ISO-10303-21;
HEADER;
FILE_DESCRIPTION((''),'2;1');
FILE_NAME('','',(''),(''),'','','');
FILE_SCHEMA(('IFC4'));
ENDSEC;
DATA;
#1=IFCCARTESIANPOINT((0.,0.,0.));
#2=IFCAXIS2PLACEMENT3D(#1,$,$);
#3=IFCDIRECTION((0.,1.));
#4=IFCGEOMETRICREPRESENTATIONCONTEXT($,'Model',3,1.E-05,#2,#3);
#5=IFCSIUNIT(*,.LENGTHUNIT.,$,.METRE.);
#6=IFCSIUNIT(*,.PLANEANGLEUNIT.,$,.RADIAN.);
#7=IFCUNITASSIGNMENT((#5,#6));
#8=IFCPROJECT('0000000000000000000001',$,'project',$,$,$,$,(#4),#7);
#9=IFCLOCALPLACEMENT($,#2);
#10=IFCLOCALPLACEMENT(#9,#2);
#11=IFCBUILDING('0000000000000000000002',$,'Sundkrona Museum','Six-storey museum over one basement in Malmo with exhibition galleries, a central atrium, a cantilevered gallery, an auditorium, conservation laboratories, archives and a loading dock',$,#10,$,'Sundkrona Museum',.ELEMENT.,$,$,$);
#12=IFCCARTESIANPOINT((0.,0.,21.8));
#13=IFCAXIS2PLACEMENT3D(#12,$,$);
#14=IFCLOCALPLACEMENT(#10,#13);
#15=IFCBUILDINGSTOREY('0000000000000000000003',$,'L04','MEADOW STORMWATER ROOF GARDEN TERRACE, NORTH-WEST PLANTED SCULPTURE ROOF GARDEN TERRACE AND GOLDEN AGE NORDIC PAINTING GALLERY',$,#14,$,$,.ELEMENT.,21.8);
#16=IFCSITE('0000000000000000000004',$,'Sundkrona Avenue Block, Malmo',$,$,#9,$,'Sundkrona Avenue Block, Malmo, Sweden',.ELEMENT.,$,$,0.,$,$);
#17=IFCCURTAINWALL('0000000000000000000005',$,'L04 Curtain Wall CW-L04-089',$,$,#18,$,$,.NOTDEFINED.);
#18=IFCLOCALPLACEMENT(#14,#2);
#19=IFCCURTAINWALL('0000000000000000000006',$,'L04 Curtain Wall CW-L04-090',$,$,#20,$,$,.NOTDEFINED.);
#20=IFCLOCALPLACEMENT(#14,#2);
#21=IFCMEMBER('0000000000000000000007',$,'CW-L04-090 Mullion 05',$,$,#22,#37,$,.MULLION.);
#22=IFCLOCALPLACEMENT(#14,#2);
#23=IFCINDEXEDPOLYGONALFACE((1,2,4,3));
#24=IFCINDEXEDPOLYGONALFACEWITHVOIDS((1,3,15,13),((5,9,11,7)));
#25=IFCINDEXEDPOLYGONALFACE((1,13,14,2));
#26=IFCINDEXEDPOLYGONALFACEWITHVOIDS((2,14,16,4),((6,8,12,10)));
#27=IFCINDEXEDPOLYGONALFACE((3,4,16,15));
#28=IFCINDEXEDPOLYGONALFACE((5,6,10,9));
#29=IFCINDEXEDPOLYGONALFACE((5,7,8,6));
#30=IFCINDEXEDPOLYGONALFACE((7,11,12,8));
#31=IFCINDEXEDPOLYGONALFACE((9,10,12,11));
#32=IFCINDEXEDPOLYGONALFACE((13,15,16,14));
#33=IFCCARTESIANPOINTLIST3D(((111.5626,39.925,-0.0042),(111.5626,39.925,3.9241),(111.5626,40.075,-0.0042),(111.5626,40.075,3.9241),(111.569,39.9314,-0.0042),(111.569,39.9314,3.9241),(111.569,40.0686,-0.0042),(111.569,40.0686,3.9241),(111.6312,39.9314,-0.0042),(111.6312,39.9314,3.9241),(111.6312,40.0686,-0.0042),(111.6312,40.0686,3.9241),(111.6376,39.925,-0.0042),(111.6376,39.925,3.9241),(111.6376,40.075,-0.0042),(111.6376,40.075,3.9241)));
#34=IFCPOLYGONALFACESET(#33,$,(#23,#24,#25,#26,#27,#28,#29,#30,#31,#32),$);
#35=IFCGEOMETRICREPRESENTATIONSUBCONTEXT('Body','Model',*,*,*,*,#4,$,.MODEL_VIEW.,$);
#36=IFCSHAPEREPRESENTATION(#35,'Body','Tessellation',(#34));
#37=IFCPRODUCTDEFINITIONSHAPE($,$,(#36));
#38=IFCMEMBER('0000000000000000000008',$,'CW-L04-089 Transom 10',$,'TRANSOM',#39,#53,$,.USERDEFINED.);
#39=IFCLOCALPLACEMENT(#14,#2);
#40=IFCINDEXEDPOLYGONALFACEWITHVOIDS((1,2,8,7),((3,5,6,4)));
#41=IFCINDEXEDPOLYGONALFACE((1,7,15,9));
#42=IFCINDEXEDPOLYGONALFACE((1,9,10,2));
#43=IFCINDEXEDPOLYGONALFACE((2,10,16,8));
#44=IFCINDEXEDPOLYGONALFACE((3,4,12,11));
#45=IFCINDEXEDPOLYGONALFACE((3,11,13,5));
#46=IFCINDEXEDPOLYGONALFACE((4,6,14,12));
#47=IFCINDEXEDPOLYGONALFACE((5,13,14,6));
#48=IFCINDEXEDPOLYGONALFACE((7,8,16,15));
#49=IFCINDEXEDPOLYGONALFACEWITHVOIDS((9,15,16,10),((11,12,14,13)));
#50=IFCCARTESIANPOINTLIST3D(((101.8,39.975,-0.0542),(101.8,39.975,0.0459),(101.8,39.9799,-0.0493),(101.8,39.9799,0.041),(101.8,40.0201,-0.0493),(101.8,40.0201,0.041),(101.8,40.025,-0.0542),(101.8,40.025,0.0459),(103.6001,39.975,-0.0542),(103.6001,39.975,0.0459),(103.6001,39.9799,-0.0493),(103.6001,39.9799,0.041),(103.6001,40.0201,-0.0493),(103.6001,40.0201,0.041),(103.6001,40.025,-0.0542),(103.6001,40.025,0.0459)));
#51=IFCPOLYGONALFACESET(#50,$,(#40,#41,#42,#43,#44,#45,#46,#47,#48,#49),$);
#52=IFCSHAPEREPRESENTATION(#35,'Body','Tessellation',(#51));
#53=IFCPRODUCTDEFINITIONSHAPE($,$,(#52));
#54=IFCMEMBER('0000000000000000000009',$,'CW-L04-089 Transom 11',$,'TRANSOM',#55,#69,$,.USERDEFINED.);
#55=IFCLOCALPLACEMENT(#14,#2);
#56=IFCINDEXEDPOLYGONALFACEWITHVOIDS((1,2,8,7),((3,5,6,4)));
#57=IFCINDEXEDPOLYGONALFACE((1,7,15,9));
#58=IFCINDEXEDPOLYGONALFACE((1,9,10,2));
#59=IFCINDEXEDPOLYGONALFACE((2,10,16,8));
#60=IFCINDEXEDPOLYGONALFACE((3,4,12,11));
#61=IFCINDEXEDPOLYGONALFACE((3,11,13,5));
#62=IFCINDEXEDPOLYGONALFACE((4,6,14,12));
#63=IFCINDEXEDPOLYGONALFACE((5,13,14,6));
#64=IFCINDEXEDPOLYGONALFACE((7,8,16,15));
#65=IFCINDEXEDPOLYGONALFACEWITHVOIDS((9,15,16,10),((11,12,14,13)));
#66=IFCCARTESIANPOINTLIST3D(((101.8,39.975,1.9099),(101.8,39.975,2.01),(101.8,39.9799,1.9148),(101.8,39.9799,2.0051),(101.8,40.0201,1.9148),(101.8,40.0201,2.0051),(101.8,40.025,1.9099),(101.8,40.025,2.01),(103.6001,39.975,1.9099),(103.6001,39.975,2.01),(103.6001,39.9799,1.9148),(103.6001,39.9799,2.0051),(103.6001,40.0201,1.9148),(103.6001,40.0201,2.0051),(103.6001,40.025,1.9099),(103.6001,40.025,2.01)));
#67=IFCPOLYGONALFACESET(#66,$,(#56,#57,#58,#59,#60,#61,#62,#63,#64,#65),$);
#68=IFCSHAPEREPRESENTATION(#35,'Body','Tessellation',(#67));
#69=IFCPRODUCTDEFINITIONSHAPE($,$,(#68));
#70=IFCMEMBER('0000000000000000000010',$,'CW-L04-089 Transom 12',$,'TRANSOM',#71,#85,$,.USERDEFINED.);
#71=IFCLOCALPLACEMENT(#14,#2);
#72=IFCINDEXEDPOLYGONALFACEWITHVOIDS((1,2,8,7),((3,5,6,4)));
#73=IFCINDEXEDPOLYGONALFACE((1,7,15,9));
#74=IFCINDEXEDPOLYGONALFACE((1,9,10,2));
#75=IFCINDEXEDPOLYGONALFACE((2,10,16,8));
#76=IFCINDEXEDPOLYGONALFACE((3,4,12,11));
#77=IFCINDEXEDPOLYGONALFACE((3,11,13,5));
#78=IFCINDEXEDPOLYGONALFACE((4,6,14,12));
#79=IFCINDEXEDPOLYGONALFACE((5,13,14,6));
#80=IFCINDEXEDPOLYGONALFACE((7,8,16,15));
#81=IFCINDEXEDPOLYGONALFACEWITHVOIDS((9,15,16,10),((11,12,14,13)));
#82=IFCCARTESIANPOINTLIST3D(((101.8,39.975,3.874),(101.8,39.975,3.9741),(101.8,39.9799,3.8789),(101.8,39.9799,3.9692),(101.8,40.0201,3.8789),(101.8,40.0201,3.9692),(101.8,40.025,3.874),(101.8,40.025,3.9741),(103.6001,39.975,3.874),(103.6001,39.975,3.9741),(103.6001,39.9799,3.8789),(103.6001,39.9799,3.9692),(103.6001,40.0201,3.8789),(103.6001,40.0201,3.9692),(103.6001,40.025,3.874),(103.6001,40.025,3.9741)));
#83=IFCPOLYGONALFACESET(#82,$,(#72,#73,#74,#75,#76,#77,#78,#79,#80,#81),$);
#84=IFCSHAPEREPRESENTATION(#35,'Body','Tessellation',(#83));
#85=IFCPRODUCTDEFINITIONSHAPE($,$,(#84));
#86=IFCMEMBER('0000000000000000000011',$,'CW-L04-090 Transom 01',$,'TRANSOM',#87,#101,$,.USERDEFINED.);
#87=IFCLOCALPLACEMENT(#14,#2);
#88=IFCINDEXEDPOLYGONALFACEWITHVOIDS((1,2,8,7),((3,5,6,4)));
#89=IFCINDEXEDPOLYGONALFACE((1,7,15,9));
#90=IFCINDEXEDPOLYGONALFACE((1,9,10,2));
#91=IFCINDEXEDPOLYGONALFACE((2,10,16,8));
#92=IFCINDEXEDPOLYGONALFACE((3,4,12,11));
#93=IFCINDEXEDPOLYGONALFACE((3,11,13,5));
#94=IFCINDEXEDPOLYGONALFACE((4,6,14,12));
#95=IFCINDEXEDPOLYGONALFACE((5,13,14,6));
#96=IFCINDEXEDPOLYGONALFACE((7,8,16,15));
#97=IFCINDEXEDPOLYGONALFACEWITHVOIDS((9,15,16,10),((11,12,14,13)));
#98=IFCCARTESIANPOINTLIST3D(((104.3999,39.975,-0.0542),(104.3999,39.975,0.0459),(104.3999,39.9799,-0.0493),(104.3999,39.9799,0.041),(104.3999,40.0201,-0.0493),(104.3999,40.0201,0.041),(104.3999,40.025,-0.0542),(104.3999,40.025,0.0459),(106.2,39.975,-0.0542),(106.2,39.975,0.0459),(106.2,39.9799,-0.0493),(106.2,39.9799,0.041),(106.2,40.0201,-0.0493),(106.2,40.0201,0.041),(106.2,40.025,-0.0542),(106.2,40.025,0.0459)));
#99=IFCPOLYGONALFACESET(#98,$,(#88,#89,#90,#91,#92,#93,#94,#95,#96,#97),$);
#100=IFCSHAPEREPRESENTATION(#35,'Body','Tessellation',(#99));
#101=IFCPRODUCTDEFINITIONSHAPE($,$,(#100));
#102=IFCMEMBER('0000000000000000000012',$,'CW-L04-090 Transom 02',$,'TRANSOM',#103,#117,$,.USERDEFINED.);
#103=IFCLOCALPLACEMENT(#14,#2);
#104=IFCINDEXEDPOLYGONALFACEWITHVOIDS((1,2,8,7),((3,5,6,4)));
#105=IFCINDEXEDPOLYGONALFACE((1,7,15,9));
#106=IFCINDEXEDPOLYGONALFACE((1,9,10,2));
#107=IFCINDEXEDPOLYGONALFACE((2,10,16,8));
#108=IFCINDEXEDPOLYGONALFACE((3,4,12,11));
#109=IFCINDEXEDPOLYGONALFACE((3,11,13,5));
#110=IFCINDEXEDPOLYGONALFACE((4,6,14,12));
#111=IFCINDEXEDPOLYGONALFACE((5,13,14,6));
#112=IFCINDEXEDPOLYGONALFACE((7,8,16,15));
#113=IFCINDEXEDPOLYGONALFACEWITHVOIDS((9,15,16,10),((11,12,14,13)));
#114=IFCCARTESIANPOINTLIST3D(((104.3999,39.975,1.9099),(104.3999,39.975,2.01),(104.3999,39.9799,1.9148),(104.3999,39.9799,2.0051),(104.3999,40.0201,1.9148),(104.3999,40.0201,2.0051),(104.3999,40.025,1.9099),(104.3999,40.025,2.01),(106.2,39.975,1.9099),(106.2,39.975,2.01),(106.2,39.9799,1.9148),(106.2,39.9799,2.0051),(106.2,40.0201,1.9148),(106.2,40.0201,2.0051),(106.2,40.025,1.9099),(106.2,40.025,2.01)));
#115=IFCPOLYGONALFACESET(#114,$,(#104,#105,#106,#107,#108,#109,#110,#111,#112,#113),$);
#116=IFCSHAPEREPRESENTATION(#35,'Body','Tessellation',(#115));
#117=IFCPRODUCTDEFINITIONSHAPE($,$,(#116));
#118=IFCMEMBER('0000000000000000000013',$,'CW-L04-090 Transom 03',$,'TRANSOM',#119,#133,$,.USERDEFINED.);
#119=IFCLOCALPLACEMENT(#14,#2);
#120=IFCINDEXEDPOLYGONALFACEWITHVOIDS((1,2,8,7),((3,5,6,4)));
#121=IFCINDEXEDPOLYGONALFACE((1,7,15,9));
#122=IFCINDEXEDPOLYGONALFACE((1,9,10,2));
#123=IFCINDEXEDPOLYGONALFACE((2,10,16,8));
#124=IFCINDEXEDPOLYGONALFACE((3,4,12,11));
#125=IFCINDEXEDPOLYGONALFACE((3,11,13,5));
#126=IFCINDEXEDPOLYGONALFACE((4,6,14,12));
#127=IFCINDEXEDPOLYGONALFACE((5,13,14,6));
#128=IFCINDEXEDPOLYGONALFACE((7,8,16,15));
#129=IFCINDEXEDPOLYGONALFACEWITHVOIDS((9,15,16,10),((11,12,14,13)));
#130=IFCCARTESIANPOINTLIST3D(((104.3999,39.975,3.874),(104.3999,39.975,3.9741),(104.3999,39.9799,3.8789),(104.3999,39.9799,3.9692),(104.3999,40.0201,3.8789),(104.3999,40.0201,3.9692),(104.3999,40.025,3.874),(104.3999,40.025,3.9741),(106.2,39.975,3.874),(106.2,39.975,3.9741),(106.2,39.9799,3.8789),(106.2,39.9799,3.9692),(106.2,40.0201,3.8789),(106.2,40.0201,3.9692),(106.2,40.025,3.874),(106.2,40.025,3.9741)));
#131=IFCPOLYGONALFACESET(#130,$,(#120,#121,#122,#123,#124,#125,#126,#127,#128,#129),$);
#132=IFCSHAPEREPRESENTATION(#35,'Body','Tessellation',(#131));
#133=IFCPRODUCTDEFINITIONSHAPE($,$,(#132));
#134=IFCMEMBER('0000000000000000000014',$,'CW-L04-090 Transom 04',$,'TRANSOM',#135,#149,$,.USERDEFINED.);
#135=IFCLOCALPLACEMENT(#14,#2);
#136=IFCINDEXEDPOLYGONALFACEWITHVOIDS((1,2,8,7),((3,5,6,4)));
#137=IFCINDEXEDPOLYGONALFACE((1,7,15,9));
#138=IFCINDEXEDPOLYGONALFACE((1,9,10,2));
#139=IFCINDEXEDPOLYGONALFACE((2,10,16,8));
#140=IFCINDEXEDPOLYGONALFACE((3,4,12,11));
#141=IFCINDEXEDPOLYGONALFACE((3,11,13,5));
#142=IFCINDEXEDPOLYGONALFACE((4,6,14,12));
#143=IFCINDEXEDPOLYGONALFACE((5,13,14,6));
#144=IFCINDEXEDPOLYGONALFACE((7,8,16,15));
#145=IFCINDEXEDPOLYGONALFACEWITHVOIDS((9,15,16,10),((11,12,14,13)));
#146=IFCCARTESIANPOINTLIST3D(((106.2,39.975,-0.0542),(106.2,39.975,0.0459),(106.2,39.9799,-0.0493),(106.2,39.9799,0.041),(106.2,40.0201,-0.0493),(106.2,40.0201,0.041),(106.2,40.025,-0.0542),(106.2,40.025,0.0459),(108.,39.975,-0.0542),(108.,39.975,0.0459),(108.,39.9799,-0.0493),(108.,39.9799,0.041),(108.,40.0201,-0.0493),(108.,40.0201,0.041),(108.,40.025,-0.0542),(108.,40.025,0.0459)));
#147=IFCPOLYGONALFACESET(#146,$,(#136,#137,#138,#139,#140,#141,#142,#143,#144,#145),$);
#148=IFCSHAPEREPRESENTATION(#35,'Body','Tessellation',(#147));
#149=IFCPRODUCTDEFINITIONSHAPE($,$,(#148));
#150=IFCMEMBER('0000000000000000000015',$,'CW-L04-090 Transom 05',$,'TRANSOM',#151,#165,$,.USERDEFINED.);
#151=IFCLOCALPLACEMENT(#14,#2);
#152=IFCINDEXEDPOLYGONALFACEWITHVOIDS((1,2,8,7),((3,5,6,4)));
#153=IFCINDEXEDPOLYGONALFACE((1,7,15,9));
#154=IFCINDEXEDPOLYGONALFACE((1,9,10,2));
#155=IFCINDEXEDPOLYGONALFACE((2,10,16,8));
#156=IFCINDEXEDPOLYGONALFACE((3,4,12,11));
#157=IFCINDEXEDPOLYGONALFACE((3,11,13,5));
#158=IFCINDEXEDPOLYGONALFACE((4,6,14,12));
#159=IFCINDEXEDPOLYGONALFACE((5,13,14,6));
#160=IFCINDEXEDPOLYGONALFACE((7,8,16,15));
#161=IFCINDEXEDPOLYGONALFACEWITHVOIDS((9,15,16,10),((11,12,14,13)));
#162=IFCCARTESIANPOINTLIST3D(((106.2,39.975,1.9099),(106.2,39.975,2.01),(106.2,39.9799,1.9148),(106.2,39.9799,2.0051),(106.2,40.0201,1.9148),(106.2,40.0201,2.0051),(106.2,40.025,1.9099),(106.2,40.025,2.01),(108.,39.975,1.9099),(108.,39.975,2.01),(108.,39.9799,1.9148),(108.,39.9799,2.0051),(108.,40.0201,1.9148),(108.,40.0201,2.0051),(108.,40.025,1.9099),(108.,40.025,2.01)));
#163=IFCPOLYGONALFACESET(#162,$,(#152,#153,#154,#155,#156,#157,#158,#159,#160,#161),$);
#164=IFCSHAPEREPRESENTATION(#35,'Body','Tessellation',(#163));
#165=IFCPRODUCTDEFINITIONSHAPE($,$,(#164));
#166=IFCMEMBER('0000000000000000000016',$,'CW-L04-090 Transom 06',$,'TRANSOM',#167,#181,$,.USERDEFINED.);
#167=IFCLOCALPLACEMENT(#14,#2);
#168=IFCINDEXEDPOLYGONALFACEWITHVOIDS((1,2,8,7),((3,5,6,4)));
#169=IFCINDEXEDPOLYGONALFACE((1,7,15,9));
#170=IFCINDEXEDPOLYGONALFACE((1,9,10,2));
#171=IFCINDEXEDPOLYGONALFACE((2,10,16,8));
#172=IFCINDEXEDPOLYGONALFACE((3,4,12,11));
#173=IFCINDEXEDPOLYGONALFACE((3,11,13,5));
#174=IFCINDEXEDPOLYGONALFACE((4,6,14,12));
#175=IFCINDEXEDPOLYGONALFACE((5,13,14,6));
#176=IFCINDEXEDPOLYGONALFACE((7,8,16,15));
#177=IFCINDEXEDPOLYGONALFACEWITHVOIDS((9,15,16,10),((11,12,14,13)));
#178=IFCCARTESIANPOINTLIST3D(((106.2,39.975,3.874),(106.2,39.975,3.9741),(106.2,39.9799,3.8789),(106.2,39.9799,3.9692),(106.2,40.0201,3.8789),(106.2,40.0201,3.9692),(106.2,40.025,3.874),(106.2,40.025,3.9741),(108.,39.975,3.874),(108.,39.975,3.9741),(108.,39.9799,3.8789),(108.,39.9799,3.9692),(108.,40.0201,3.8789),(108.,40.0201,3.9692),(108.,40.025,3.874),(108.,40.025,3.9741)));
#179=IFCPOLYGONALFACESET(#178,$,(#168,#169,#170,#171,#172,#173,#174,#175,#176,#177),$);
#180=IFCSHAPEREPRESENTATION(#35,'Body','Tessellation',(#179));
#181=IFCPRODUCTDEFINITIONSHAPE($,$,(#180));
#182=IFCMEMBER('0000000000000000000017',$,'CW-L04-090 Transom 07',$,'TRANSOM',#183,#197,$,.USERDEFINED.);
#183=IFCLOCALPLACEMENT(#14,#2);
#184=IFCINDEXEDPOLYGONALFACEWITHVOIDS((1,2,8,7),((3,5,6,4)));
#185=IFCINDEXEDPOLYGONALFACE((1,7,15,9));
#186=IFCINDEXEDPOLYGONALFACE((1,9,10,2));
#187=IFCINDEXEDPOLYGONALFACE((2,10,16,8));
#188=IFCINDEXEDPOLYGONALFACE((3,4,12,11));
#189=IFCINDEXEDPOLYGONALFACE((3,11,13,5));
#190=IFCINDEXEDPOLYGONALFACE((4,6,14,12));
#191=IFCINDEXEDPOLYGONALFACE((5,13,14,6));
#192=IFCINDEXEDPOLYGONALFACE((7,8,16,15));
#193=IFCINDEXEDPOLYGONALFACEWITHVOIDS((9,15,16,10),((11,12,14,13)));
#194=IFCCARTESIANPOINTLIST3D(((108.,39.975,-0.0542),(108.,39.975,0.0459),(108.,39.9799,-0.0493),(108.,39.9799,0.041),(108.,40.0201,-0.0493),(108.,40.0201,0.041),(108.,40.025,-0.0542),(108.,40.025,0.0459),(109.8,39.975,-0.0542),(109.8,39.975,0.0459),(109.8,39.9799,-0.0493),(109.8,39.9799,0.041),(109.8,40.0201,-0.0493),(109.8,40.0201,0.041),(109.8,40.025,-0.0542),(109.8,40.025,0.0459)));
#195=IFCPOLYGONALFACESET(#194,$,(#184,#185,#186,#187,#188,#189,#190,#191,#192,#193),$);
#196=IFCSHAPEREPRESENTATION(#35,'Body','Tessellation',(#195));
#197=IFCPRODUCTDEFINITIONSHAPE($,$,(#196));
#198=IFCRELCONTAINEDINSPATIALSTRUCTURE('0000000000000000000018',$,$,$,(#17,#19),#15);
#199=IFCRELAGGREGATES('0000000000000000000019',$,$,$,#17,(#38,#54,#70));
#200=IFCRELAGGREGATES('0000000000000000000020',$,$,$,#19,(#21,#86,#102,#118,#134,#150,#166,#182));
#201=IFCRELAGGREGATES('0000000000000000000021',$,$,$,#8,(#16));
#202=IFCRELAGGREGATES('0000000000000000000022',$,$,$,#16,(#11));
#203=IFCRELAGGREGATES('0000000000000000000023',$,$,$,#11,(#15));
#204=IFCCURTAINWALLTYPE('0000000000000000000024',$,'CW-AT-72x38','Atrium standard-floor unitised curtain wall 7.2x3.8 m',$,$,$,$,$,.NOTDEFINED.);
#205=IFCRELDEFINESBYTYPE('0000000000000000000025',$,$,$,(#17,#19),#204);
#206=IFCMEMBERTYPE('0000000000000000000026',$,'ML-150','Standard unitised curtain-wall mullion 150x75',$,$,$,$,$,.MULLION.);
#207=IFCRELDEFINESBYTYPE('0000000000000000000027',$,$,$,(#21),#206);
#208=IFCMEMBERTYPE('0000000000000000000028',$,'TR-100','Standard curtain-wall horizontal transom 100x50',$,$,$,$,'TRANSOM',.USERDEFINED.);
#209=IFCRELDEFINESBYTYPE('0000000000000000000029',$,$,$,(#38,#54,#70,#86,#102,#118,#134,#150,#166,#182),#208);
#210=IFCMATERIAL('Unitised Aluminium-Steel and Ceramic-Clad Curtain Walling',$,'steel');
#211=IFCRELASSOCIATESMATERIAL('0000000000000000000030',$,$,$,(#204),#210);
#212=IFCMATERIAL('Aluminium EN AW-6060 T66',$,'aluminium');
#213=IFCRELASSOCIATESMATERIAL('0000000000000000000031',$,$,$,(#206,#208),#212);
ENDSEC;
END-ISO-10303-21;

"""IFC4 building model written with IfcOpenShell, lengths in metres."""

from ifc_helpers import new_model, si_unit, direction, frame, origin, origin_2d, place, context, subcontext, project, spatial, hollow_rectangle, extrude, material, material_profile, profile_set, type_object, element, aggregate, save


model = new_model("IFC4")

# Units and contexts
model_context = context("Model", 3, precision=1e-05, world=origin(), true_north=direction((0.0, 1.0)))
body_context = subcontext(model_context, "Body", "Model", "MODEL_VIEW")
ifc_project = project(units=[si_unit("LENGTHUNIT", "METRE"), si_unit("PLANEANGLEUNIT", "RADIAN")], contexts=[model_context])

# Site, building, storey
site_placement = place(None, origin())
site = spatial("IfcSite", under=ifc_project, at=site_placement, Name="Sundkrona Avenue Block, Malmo", LongName="Sundkrona Avenue Block, Malmo, Sweden", CompositionType="ELEMENT", RefElevation=0.0)
building_placement = place(site_placement, origin())
building = spatial("IfcBuilding", under=site, at=building_placement, Name="Sundkrona Museum", Description="Six-storey museum over one basement in Malmo with exhibition galleries, a central atrium, a cantilevered gallery, an auditorium, conservation laboratories, archives and a loading dock", LongName="Sundkrona Museum", CompositionType="ELEMENT")
storey_placement = place(building_placement, frame((0.0, 0.0, 21.8)))
storey = spatial("IfcBuildingStorey", under=building, at=storey_placement, Name="L04", Description="MEADOW STORMWATER ROOF GARDEN TERRACE, NORTH-WEST PLANTED SCULPTURE ROOF GARDEN TERRACE AND GOLDEN AGE NORDIC PAINTING GALLERY", CompositionType="ELEMENT", Elevation=21.8)

# Curtain walls, member
ifc_material_1 = material(Name="Unitised Aluminium-Steel and Ceramic-Clad Curtain Walling", Category="steel")
curtain_wall_type = type_object("IfcCurtainWallType", Name="CW-AT-72x38", Description="Atrium standard-floor unitised curtain wall 7.2x3.8 m", PredefinedType="NOTDEFINED", material=ifc_material_1)
curtain_wall_1_placement = place(storey_placement, origin())
curtain_wall_1 = element("IfcCurtainWall", 1, at=curtain_wall_1_placement, inside=storey, type_object=curtain_wall_type, Name="L04 Curtain Wall CW-L04-089", PredefinedType="NOTDEFINED")
ifc_material_2 = material(Name="Aluminium EN AW-6060 T66", Category="aluminium")
ifc_material_profile_1 = material_profile(ifc_material_2, hollow_rectangle(XDim=0.075, YDim=0.1499, WallThickness=0.0063, at=origin_2d()), Name="RHS 150x75x6.3")
ifc_profile_set_1 = profile_set([ifc_material_profile_1], Name="Aluminium EN AW-6060 T66")
member_type_1 = type_object("IfcMemberType", Name="ML-150", Description="Standard unitised curtain-wall mullion 150x75", PredefinedType="MULLION", material=ifc_profile_set_1)
curtain_wall_2_placement = place(storey_placement, origin())
curtain_wall_2 = element("IfcCurtainWall", 2, at=curtain_wall_2_placement, inside=storey, type_object=curtain_wall_type, Name="L04 Curtain Wall CW-L04-090", PredefinedType="NOTDEFINED")
member_1_placement = place(storey_placement, frame((111.6001, 40.0, -0.0042), z_axis=(0.0, 0.0, 1.0), x_axis=(1.0, 0.0, 0.0)))
member_1 = element("IfcMember", 3, at=member_1_placement, type_object=member_type_1, Name="CW-L04-090 Mullion 05", PredefinedType="MULLION", context=body_context, shape_type="SweptSolid", body=[
    extrude(hollow_rectangle(XDim=0.075, YDim=0.1499, WallThickness=0.0063, at=origin_2d()), origin(), (0.0, 0.0, 1.0), 3.9282),
])

# Members
ifc_material_profile_2 = material_profile(ifc_material_2, hollow_rectangle(XDim=0.05, YDim=0.1001, WallThickness=0.0049, at=origin_2d()), Name="RHS 100x50x5.0")
ifc_profile_set_2 = profile_set([ifc_material_profile_2], Name="Aluminium EN AW-6060 T66")
member_type_2 = type_object("IfcMemberType", Name="TR-100", Description="Standard curtain-wall horizontal transom 100x50", ElementType="TRANSOM", PredefinedType="USERDEFINED", material=ifc_profile_set_2)
member_2_placement = place(storey_placement, frame((101.8, 40.0, -0.0042), z_axis=(1.0, 0.0, 0.0), x_axis=(0.0, 1.0, 0.0)))
member_2 = element("IfcMember", 4, at=member_2_placement, type_object=member_type_2, Name="CW-L04-089 Transom 10", ObjectType="TRANSOM", PredefinedType="USERDEFINED", context=body_context, shape_type="SweptSolid", body=[
    extrude(hollow_rectangle(XDim=0.05, YDim=0.1001, WallThickness=0.0049, at=origin_2d()), origin(), (0.0, 0.0, 1.0), 1.8),
])
member_3_placement = place(storey_placement, frame((101.8, 40.0, 1.96), z_axis=(1.0, 0.0, 0.0), x_axis=(0.0, 1.0, 0.0)))
member_3 = element("IfcMember", 5, at=member_3_placement, type_object=member_type_2, Name="CW-L04-089 Transom 11", ObjectType="TRANSOM", PredefinedType="USERDEFINED", context=body_context, shape_type="SweptSolid", body=[
    extrude(hollow_rectangle(XDim=0.05, YDim=0.1001, WallThickness=0.0049, at=origin_2d()), origin(), (0.0, 0.0, 1.0), 1.8),
])
member_4_placement = place(storey_placement, frame((101.8, 40.0, 3.9241), z_axis=(1.0, 0.0, 0.0), x_axis=(0.0, 1.0, 0.0)))
member_4 = element("IfcMember", 6, at=member_4_placement, type_object=member_type_2, Name="CW-L04-089 Transom 12", ObjectType="TRANSOM", PredefinedType="USERDEFINED", context=body_context, shape_type="SweptSolid", body=[
    extrude(hollow_rectangle(XDim=0.05, YDim=0.1001, WallThickness=0.0049, at=origin_2d()), origin(), (0.0, 0.0, 1.0), 1.8),
])
member_5_placement = place(storey_placement, frame((104.3999, 40.0, -0.0042), z_axis=(1.0, 0.0, 0.0), x_axis=(0.0, 1.0, 0.0)))
member_5 = element("IfcMember", 7, at=member_5_placement, type_object=member_type_2, Name="CW-L04-090 Transom 01", ObjectType="TRANSOM", PredefinedType="USERDEFINED", context=body_context, shape_type="SweptSolid", body=[
    extrude(hollow_rectangle(XDim=0.05, YDim=0.1001, WallThickness=0.0049, at=origin_2d()), origin(), (0.0, 0.0, 1.0), 1.8),
])
member_6_placement = place(storey_placement, frame((104.3999, 40.0, 1.96), z_axis=(1.0, 0.0, 0.0), x_axis=(0.0, 1.0, 0.0)))
member_6 = element("IfcMember", 8, at=member_6_placement, type_object=member_type_2, Name="CW-L04-090 Transom 02", ObjectType="TRANSOM", PredefinedType="USERDEFINED", context=body_context, shape_type="SweptSolid", body=[
    extrude(hollow_rectangle(XDim=0.05, YDim=0.1001, WallThickness=0.0049, at=origin_2d()), origin(), (0.0, 0.0, 1.0), 1.8),
])
member_7_placement = place(storey_placement, frame((104.3999, 40.0, 3.9241), z_axis=(1.0, 0.0, 0.0), x_axis=(0.0, 1.0, 0.0)))
member_7 = element("IfcMember", 9, at=member_7_placement, type_object=member_type_2, Name="CW-L04-090 Transom 03", ObjectType="TRANSOM", PredefinedType="USERDEFINED", context=body_context, shape_type="SweptSolid", body=[
    extrude(hollow_rectangle(XDim=0.05, YDim=0.1001, WallThickness=0.0049, at=origin_2d()), origin(), (0.0, 0.0, 1.0), 1.8),
])
member_8_placement = place(storey_placement, frame((106.2, 40.0, -0.0042), z_axis=(1.0, 0.0, 0.0), x_axis=(0.0, 1.0, 0.0)))
member_8 = element("IfcMember", 10, at=member_8_placement, type_object=member_type_2, Name="CW-L04-090 Transom 04", ObjectType="TRANSOM", PredefinedType="USERDEFINED", context=body_context, shape_type="SweptSolid", body=[
    extrude(hollow_rectangle(XDim=0.05, YDim=0.1001, WallThickness=0.0049, at=origin_2d()), origin(), (0.0, 0.0, 1.0), 1.8),
])
member_9_placement = place(storey_placement, frame((106.2, 40.0, 1.96), z_axis=(1.0, 0.0, 0.0), x_axis=(0.0, 1.0, 0.0)))
member_9 = element("IfcMember", 11, at=member_9_placement, type_object=member_type_2, Name="CW-L04-090 Transom 05", ObjectType="TRANSOM", PredefinedType="USERDEFINED", context=body_context, shape_type="SweptSolid", body=[
    extrude(hollow_rectangle(XDim=0.05, YDim=0.1001, WallThickness=0.0049, at=origin_2d()), origin(), (0.0, 0.0, 1.0), 1.8),
])
member_10_placement = place(storey_placement, frame((106.2, 40.0, 3.9241), z_axis=(1.0, 0.0, 0.0), x_axis=(0.0, 1.0, 0.0)))
member_10 = element("IfcMember", 12, at=member_10_placement, type_object=member_type_2, Name="CW-L04-090 Transom 06", ObjectType="TRANSOM", PredefinedType="USERDEFINED", context=body_context, shape_type="SweptSolid", body=[
    extrude(hollow_rectangle(XDim=0.05, YDim=0.1001, WallThickness=0.0049, at=origin_2d()), origin(), (0.0, 0.0, 1.0), 1.8),
])
member_11_placement = place(storey_placement, frame((108.0, 40.0, -0.0042), z_axis=(1.0, 0.0, 0.0), x_axis=(0.0, 1.0, 0.0)))
member_11 = element("IfcMember", 13, at=member_11_placement, type_object=member_type_2, Name="CW-L04-090 Transom 07", ObjectType="TRANSOM", PredefinedType="USERDEFINED", context=body_context, shape_type="SweptSolid", body=[
    extrude(hollow_rectangle(XDim=0.05, YDim=0.1001, WallThickness=0.0049, at=origin_2d()), origin(), (0.0, 0.0, 1.0), 1.8),
])

aggregate(curtain_wall_1, [member_2, member_3, member_4])
aggregate(curtain_wall_2, [member_1, member_5, member_6, member_7, member_8, member_9, member_10, member_11])

save(model, "model.ifc")
